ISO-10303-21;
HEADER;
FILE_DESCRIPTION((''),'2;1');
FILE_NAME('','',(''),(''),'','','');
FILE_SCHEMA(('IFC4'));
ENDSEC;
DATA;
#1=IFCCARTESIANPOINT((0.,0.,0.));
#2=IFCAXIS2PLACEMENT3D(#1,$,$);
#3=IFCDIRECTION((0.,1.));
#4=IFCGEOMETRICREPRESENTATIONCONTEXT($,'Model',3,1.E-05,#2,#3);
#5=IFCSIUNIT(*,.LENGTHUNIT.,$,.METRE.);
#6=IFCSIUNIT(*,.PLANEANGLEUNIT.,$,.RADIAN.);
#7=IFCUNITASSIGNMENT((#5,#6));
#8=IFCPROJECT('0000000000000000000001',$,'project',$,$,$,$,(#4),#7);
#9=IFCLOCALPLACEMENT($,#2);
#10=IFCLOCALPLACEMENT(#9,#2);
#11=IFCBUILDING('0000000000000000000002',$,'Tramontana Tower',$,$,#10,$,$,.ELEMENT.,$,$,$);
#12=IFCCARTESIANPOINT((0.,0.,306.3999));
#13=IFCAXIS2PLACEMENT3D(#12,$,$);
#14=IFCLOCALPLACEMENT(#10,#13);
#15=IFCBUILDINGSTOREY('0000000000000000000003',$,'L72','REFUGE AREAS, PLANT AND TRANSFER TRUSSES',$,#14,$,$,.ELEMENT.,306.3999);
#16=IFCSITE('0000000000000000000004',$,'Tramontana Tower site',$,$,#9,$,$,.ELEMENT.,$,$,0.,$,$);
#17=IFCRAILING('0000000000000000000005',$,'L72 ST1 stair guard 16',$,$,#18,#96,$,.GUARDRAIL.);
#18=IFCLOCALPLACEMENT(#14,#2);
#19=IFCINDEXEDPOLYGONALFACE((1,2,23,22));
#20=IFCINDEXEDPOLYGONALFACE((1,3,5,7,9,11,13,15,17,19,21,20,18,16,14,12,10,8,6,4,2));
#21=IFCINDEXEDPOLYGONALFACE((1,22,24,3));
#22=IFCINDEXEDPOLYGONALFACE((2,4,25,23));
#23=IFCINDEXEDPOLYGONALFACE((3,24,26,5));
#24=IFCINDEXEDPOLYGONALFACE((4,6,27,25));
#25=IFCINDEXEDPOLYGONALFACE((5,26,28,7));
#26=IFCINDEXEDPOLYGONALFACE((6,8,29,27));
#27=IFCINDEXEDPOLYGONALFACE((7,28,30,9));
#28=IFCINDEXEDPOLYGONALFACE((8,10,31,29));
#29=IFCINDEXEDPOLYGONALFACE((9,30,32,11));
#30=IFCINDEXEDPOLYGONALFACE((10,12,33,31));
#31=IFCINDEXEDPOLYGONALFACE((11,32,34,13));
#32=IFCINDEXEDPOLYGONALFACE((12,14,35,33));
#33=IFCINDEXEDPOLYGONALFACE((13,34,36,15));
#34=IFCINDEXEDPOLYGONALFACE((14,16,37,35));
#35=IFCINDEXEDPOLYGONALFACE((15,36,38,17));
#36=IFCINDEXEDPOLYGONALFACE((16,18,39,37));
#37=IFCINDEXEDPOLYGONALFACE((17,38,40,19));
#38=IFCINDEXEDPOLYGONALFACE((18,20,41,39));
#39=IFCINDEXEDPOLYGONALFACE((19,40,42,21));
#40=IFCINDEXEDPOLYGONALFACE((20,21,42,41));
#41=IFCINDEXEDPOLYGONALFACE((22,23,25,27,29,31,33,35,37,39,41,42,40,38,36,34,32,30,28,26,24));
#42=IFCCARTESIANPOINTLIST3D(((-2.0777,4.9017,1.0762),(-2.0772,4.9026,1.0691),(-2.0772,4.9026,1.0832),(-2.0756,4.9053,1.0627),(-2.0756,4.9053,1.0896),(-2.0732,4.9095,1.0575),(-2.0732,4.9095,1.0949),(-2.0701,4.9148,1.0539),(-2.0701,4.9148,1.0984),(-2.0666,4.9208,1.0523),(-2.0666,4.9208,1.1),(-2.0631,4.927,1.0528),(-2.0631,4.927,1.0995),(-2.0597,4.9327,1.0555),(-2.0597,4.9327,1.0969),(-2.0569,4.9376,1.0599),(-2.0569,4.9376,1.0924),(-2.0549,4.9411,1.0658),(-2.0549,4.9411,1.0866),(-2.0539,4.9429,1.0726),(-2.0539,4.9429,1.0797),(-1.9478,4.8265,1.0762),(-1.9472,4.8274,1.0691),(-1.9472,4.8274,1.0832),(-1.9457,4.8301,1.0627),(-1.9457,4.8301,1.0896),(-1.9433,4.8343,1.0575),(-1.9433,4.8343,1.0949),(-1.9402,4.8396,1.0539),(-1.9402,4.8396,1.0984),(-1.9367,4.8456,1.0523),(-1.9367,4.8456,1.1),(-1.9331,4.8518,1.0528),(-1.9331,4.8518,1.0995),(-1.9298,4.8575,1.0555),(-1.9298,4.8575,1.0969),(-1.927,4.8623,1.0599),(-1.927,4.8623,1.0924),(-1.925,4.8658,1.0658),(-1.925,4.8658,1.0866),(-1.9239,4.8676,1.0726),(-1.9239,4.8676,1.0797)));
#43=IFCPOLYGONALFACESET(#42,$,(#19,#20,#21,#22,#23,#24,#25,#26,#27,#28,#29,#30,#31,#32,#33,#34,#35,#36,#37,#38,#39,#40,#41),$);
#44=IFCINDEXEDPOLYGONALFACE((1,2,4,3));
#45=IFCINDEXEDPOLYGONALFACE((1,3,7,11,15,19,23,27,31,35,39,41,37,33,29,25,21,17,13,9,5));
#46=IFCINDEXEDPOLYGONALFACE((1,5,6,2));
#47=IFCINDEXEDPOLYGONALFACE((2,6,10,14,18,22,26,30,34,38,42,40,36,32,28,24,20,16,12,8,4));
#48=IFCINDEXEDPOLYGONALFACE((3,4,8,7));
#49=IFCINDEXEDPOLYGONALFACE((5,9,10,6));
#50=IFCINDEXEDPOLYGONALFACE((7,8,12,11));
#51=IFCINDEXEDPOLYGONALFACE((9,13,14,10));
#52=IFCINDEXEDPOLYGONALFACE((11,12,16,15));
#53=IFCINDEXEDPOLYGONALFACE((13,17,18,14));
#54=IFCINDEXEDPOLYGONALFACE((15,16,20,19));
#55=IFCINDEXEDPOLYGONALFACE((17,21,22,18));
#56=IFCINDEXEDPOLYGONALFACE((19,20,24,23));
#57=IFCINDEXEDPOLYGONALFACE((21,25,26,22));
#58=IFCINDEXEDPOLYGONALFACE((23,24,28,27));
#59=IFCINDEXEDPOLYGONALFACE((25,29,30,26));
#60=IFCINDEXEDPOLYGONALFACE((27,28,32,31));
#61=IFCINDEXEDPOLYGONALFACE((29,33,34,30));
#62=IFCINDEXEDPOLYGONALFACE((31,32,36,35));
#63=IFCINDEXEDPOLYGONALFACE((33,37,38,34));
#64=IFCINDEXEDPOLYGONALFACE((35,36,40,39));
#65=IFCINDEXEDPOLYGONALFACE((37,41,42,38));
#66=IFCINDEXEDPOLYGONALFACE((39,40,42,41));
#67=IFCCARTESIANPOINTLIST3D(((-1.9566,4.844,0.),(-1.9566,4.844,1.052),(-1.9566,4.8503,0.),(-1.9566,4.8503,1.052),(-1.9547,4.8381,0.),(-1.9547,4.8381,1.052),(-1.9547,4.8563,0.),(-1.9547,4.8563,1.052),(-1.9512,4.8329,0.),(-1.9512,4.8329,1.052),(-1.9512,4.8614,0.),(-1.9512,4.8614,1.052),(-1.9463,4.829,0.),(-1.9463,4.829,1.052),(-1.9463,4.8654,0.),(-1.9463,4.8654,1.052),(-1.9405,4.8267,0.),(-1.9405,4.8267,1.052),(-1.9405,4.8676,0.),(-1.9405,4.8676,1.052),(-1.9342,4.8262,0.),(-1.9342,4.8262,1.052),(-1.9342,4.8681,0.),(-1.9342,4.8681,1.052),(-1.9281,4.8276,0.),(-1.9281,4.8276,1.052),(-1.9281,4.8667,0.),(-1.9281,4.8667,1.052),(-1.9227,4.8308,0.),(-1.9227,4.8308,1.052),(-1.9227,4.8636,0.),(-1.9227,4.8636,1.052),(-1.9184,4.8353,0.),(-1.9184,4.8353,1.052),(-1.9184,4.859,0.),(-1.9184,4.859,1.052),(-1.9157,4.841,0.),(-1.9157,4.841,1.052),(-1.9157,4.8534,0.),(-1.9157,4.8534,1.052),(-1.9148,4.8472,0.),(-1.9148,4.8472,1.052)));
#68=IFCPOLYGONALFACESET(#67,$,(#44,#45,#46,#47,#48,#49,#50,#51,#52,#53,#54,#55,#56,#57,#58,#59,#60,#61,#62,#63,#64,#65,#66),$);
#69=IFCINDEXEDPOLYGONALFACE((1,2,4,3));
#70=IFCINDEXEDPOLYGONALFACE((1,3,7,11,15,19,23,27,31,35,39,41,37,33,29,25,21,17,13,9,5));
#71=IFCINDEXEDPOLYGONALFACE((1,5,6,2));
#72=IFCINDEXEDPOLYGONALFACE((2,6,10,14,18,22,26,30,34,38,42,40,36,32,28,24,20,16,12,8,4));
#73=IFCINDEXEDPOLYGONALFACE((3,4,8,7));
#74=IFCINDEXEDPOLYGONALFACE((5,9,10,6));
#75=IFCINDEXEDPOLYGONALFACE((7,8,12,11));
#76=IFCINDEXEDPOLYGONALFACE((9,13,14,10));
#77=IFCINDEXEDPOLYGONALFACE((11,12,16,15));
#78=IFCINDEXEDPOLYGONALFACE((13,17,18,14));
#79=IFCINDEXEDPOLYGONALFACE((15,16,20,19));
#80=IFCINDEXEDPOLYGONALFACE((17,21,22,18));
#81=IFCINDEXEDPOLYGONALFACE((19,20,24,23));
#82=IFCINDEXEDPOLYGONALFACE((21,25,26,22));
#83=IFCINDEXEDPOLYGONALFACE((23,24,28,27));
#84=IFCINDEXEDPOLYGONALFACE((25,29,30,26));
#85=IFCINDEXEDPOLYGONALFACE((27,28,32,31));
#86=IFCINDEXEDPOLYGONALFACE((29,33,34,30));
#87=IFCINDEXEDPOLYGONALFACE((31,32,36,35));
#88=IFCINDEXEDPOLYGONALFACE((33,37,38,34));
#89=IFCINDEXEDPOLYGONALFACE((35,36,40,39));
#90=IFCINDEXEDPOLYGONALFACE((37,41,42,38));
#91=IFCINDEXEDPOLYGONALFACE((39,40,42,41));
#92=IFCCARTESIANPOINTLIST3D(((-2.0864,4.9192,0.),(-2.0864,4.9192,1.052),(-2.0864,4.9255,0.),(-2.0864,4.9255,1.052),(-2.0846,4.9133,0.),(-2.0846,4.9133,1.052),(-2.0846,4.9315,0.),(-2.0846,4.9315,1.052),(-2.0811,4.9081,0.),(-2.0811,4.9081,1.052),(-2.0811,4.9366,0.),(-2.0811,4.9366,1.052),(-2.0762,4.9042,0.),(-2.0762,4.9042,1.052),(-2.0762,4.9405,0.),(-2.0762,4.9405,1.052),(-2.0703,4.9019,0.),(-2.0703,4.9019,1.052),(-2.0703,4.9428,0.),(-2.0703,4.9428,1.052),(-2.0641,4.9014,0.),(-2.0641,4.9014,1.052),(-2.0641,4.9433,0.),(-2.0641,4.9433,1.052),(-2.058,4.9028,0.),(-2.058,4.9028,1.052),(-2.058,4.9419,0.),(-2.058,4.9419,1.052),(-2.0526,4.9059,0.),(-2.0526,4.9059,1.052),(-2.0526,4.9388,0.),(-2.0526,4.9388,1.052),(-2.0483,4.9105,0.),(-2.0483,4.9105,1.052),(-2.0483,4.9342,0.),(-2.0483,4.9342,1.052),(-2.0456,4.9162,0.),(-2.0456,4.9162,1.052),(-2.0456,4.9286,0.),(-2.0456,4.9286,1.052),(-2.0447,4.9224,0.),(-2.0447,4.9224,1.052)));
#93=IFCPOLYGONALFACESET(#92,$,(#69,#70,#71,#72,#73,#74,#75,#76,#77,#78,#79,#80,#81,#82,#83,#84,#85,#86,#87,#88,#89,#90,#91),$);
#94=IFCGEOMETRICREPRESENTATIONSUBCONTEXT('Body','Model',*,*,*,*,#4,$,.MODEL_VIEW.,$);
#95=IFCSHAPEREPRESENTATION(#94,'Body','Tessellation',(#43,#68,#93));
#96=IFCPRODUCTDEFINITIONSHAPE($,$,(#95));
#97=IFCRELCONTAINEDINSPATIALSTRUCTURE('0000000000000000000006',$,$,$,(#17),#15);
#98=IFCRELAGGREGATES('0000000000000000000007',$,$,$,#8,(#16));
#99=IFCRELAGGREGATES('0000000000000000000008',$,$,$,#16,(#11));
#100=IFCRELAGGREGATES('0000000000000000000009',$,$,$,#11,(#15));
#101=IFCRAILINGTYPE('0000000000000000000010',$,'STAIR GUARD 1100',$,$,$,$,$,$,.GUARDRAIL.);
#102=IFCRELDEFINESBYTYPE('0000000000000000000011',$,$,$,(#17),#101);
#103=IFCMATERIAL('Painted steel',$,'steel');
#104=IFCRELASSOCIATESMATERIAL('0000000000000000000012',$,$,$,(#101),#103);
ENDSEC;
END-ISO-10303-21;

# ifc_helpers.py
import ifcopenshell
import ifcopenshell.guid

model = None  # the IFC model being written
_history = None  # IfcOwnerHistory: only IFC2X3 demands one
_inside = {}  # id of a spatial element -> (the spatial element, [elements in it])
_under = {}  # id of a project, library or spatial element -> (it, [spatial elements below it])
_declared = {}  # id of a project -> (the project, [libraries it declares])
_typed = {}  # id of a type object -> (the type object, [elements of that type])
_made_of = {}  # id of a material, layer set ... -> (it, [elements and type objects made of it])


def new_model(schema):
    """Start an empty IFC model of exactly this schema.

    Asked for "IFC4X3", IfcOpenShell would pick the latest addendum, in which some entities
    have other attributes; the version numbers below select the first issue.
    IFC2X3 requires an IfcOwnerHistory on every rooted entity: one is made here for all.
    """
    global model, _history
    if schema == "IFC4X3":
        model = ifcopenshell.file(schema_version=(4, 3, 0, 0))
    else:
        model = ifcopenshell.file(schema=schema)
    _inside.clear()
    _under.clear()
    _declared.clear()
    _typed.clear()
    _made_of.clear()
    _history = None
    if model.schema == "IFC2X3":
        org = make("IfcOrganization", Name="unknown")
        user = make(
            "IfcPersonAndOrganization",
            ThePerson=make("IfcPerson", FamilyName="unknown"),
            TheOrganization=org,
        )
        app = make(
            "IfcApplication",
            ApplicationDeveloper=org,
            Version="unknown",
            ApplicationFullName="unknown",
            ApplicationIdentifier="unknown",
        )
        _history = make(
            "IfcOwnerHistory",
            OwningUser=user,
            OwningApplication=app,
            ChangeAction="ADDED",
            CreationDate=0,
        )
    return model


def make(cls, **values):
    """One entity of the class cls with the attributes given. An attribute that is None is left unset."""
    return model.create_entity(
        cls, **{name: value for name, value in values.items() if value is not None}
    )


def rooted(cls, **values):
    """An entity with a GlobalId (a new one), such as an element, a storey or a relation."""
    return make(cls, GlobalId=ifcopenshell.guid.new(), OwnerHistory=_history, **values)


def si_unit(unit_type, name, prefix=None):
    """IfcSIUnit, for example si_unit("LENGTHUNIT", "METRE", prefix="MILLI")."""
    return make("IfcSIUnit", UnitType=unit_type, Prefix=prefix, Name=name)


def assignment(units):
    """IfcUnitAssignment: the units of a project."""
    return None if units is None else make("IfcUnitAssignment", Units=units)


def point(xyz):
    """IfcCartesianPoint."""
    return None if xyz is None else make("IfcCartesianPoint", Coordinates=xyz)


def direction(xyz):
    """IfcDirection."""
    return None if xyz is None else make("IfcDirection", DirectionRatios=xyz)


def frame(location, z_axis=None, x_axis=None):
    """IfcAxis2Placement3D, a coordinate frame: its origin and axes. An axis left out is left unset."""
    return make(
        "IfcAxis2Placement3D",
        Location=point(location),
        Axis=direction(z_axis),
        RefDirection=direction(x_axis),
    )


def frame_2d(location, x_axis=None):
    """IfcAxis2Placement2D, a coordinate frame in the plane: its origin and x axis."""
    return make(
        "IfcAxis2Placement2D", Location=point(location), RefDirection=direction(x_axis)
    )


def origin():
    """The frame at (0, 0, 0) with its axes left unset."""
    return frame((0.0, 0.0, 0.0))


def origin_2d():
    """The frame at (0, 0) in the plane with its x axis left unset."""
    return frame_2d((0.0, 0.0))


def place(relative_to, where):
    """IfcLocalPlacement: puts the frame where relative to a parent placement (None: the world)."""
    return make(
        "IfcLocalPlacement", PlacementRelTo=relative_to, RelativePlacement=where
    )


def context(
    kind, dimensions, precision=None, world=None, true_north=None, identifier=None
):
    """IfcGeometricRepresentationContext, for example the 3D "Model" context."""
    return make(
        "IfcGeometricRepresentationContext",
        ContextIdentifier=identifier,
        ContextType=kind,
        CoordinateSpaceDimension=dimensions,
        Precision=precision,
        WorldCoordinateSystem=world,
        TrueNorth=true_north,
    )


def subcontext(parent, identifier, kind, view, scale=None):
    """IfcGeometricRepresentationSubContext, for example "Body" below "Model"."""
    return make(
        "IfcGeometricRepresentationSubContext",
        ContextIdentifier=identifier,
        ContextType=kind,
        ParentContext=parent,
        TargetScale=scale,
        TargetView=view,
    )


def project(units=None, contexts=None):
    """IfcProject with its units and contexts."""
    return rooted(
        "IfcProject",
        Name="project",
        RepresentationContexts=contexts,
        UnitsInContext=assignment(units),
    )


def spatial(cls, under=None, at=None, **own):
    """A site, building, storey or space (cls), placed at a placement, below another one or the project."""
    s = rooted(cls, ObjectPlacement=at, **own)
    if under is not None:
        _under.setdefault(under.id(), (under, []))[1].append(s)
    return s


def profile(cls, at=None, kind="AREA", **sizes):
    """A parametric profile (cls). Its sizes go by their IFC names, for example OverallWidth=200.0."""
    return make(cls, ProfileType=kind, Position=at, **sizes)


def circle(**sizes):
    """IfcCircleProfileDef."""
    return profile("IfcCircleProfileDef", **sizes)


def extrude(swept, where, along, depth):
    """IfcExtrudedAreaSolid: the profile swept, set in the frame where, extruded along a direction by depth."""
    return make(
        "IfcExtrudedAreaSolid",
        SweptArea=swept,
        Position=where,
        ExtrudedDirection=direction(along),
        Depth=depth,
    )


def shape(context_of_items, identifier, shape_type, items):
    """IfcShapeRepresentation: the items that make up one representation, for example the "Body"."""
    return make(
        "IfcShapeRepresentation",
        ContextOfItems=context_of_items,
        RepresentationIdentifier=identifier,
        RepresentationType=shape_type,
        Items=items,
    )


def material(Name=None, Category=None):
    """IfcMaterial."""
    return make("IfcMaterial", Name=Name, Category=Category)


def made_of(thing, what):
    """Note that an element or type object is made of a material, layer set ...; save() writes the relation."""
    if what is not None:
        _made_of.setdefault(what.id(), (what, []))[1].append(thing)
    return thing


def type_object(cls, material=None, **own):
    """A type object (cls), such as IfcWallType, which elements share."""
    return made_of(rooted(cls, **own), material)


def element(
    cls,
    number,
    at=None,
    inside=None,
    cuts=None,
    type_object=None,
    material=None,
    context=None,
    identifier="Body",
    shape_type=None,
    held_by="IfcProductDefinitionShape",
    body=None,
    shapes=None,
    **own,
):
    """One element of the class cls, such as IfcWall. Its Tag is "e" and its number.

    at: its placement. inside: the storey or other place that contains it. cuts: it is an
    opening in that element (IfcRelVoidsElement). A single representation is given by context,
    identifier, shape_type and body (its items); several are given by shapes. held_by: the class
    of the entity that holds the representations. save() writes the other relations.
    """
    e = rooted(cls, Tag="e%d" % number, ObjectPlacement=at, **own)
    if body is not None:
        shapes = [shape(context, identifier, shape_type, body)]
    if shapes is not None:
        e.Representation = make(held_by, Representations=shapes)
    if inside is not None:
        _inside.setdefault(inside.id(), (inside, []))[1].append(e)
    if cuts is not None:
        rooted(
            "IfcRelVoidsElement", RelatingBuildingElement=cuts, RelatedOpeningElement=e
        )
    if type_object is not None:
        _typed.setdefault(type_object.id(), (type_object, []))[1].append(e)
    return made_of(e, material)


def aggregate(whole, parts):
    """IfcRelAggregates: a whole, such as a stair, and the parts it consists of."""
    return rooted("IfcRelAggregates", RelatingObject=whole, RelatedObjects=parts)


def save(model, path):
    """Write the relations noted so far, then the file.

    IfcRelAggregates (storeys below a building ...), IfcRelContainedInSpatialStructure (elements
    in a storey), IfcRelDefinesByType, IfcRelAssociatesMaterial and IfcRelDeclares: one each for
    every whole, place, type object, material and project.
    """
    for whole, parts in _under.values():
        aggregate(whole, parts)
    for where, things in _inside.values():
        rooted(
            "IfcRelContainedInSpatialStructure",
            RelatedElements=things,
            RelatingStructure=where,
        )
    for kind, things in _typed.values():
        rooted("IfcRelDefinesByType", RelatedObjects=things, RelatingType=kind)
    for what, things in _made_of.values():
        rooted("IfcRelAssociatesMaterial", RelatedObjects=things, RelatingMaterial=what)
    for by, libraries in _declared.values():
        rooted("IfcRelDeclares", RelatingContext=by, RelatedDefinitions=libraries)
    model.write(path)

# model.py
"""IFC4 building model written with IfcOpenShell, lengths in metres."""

from ifc_helpers import new_model, si_unit, direction, frame, origin, origin_2d, place, context, subcontext, project, spatial, circle, extrude, material, type_object, element, save


model = new_model("IFC4")

# Units and contexts
model_context = context("Model", 3, precision=1e-05, world=origin(), true_north=direction((0.0, 1.0)))
body_context = subcontext(model_context, "Body", "Model", "MODEL_VIEW")
ifc_project = project(units=[si_unit("LENGTHUNIT", "METRE"), si_unit("PLANEANGLEUNIT", "RADIAN")], contexts=[model_context])

# Site, building, storey
site_placement = place(None, origin())
site = spatial("IfcSite", under=ifc_project, at=site_placement, Name="Tramontana Tower site", CompositionType="ELEMENT", RefElevation=0.0)
building_placement = place(site_placement, origin())
building = spatial("IfcBuilding", under=site, at=building_placement, Name="Tramontana Tower", CompositionType="ELEMENT")
storey_placement = place(building_placement, frame((0.0, 0.0, 306.3999)))
storey = spatial("IfcBuildingStorey", under=building, at=storey_placement, Name="L72", Description="REFUGE AREAS, PLANT AND TRANSFER TRUSSES", CompositionType="ELEMENT", Elevation=306.3999)

# Railing
ifc_material_1 = material(Name="Painted steel", Category="steel")
railing_type_1 = type_object("IfcRailingType", Name="STAIR GUARD 1100", PredefinedType="GUARDRAIL", material=ifc_material_1)
for number, where, name in (
    (1, (-1.9358, 4.8472, 0.0), "L72 ST1 stair guard 16"),
):
    element("IfcRailing", number, at=place(storey_placement, frame(where)), inside=storey, type_object=railing_type_1, Name=name, PredefinedType="GUARDRAIL", context=body_context, shape_type="SweptSolid", body=[
        extrude(circle(Radius=0.0239, at=origin_2d()), frame((0.0, 0.0, 1.0762), z_axis=(-0.865426, 0.501036, 0.0), x_axis=(-0.501036, -0.865426, 0.0)), (0.0, 0.0, 1.0), 0.1501),
        extrude(circle(Radius=0.021, at=origin_2d()), origin(), (0.0, 0.0, 1.0), 1.052),
        extrude(circle(Radius=0.021, at=origin_2d()), frame((-0.1299, 0.0752, 0.0)), (0.0, 0.0, 1.0), 1.052),
    ])

save(model, "model.ifc")
